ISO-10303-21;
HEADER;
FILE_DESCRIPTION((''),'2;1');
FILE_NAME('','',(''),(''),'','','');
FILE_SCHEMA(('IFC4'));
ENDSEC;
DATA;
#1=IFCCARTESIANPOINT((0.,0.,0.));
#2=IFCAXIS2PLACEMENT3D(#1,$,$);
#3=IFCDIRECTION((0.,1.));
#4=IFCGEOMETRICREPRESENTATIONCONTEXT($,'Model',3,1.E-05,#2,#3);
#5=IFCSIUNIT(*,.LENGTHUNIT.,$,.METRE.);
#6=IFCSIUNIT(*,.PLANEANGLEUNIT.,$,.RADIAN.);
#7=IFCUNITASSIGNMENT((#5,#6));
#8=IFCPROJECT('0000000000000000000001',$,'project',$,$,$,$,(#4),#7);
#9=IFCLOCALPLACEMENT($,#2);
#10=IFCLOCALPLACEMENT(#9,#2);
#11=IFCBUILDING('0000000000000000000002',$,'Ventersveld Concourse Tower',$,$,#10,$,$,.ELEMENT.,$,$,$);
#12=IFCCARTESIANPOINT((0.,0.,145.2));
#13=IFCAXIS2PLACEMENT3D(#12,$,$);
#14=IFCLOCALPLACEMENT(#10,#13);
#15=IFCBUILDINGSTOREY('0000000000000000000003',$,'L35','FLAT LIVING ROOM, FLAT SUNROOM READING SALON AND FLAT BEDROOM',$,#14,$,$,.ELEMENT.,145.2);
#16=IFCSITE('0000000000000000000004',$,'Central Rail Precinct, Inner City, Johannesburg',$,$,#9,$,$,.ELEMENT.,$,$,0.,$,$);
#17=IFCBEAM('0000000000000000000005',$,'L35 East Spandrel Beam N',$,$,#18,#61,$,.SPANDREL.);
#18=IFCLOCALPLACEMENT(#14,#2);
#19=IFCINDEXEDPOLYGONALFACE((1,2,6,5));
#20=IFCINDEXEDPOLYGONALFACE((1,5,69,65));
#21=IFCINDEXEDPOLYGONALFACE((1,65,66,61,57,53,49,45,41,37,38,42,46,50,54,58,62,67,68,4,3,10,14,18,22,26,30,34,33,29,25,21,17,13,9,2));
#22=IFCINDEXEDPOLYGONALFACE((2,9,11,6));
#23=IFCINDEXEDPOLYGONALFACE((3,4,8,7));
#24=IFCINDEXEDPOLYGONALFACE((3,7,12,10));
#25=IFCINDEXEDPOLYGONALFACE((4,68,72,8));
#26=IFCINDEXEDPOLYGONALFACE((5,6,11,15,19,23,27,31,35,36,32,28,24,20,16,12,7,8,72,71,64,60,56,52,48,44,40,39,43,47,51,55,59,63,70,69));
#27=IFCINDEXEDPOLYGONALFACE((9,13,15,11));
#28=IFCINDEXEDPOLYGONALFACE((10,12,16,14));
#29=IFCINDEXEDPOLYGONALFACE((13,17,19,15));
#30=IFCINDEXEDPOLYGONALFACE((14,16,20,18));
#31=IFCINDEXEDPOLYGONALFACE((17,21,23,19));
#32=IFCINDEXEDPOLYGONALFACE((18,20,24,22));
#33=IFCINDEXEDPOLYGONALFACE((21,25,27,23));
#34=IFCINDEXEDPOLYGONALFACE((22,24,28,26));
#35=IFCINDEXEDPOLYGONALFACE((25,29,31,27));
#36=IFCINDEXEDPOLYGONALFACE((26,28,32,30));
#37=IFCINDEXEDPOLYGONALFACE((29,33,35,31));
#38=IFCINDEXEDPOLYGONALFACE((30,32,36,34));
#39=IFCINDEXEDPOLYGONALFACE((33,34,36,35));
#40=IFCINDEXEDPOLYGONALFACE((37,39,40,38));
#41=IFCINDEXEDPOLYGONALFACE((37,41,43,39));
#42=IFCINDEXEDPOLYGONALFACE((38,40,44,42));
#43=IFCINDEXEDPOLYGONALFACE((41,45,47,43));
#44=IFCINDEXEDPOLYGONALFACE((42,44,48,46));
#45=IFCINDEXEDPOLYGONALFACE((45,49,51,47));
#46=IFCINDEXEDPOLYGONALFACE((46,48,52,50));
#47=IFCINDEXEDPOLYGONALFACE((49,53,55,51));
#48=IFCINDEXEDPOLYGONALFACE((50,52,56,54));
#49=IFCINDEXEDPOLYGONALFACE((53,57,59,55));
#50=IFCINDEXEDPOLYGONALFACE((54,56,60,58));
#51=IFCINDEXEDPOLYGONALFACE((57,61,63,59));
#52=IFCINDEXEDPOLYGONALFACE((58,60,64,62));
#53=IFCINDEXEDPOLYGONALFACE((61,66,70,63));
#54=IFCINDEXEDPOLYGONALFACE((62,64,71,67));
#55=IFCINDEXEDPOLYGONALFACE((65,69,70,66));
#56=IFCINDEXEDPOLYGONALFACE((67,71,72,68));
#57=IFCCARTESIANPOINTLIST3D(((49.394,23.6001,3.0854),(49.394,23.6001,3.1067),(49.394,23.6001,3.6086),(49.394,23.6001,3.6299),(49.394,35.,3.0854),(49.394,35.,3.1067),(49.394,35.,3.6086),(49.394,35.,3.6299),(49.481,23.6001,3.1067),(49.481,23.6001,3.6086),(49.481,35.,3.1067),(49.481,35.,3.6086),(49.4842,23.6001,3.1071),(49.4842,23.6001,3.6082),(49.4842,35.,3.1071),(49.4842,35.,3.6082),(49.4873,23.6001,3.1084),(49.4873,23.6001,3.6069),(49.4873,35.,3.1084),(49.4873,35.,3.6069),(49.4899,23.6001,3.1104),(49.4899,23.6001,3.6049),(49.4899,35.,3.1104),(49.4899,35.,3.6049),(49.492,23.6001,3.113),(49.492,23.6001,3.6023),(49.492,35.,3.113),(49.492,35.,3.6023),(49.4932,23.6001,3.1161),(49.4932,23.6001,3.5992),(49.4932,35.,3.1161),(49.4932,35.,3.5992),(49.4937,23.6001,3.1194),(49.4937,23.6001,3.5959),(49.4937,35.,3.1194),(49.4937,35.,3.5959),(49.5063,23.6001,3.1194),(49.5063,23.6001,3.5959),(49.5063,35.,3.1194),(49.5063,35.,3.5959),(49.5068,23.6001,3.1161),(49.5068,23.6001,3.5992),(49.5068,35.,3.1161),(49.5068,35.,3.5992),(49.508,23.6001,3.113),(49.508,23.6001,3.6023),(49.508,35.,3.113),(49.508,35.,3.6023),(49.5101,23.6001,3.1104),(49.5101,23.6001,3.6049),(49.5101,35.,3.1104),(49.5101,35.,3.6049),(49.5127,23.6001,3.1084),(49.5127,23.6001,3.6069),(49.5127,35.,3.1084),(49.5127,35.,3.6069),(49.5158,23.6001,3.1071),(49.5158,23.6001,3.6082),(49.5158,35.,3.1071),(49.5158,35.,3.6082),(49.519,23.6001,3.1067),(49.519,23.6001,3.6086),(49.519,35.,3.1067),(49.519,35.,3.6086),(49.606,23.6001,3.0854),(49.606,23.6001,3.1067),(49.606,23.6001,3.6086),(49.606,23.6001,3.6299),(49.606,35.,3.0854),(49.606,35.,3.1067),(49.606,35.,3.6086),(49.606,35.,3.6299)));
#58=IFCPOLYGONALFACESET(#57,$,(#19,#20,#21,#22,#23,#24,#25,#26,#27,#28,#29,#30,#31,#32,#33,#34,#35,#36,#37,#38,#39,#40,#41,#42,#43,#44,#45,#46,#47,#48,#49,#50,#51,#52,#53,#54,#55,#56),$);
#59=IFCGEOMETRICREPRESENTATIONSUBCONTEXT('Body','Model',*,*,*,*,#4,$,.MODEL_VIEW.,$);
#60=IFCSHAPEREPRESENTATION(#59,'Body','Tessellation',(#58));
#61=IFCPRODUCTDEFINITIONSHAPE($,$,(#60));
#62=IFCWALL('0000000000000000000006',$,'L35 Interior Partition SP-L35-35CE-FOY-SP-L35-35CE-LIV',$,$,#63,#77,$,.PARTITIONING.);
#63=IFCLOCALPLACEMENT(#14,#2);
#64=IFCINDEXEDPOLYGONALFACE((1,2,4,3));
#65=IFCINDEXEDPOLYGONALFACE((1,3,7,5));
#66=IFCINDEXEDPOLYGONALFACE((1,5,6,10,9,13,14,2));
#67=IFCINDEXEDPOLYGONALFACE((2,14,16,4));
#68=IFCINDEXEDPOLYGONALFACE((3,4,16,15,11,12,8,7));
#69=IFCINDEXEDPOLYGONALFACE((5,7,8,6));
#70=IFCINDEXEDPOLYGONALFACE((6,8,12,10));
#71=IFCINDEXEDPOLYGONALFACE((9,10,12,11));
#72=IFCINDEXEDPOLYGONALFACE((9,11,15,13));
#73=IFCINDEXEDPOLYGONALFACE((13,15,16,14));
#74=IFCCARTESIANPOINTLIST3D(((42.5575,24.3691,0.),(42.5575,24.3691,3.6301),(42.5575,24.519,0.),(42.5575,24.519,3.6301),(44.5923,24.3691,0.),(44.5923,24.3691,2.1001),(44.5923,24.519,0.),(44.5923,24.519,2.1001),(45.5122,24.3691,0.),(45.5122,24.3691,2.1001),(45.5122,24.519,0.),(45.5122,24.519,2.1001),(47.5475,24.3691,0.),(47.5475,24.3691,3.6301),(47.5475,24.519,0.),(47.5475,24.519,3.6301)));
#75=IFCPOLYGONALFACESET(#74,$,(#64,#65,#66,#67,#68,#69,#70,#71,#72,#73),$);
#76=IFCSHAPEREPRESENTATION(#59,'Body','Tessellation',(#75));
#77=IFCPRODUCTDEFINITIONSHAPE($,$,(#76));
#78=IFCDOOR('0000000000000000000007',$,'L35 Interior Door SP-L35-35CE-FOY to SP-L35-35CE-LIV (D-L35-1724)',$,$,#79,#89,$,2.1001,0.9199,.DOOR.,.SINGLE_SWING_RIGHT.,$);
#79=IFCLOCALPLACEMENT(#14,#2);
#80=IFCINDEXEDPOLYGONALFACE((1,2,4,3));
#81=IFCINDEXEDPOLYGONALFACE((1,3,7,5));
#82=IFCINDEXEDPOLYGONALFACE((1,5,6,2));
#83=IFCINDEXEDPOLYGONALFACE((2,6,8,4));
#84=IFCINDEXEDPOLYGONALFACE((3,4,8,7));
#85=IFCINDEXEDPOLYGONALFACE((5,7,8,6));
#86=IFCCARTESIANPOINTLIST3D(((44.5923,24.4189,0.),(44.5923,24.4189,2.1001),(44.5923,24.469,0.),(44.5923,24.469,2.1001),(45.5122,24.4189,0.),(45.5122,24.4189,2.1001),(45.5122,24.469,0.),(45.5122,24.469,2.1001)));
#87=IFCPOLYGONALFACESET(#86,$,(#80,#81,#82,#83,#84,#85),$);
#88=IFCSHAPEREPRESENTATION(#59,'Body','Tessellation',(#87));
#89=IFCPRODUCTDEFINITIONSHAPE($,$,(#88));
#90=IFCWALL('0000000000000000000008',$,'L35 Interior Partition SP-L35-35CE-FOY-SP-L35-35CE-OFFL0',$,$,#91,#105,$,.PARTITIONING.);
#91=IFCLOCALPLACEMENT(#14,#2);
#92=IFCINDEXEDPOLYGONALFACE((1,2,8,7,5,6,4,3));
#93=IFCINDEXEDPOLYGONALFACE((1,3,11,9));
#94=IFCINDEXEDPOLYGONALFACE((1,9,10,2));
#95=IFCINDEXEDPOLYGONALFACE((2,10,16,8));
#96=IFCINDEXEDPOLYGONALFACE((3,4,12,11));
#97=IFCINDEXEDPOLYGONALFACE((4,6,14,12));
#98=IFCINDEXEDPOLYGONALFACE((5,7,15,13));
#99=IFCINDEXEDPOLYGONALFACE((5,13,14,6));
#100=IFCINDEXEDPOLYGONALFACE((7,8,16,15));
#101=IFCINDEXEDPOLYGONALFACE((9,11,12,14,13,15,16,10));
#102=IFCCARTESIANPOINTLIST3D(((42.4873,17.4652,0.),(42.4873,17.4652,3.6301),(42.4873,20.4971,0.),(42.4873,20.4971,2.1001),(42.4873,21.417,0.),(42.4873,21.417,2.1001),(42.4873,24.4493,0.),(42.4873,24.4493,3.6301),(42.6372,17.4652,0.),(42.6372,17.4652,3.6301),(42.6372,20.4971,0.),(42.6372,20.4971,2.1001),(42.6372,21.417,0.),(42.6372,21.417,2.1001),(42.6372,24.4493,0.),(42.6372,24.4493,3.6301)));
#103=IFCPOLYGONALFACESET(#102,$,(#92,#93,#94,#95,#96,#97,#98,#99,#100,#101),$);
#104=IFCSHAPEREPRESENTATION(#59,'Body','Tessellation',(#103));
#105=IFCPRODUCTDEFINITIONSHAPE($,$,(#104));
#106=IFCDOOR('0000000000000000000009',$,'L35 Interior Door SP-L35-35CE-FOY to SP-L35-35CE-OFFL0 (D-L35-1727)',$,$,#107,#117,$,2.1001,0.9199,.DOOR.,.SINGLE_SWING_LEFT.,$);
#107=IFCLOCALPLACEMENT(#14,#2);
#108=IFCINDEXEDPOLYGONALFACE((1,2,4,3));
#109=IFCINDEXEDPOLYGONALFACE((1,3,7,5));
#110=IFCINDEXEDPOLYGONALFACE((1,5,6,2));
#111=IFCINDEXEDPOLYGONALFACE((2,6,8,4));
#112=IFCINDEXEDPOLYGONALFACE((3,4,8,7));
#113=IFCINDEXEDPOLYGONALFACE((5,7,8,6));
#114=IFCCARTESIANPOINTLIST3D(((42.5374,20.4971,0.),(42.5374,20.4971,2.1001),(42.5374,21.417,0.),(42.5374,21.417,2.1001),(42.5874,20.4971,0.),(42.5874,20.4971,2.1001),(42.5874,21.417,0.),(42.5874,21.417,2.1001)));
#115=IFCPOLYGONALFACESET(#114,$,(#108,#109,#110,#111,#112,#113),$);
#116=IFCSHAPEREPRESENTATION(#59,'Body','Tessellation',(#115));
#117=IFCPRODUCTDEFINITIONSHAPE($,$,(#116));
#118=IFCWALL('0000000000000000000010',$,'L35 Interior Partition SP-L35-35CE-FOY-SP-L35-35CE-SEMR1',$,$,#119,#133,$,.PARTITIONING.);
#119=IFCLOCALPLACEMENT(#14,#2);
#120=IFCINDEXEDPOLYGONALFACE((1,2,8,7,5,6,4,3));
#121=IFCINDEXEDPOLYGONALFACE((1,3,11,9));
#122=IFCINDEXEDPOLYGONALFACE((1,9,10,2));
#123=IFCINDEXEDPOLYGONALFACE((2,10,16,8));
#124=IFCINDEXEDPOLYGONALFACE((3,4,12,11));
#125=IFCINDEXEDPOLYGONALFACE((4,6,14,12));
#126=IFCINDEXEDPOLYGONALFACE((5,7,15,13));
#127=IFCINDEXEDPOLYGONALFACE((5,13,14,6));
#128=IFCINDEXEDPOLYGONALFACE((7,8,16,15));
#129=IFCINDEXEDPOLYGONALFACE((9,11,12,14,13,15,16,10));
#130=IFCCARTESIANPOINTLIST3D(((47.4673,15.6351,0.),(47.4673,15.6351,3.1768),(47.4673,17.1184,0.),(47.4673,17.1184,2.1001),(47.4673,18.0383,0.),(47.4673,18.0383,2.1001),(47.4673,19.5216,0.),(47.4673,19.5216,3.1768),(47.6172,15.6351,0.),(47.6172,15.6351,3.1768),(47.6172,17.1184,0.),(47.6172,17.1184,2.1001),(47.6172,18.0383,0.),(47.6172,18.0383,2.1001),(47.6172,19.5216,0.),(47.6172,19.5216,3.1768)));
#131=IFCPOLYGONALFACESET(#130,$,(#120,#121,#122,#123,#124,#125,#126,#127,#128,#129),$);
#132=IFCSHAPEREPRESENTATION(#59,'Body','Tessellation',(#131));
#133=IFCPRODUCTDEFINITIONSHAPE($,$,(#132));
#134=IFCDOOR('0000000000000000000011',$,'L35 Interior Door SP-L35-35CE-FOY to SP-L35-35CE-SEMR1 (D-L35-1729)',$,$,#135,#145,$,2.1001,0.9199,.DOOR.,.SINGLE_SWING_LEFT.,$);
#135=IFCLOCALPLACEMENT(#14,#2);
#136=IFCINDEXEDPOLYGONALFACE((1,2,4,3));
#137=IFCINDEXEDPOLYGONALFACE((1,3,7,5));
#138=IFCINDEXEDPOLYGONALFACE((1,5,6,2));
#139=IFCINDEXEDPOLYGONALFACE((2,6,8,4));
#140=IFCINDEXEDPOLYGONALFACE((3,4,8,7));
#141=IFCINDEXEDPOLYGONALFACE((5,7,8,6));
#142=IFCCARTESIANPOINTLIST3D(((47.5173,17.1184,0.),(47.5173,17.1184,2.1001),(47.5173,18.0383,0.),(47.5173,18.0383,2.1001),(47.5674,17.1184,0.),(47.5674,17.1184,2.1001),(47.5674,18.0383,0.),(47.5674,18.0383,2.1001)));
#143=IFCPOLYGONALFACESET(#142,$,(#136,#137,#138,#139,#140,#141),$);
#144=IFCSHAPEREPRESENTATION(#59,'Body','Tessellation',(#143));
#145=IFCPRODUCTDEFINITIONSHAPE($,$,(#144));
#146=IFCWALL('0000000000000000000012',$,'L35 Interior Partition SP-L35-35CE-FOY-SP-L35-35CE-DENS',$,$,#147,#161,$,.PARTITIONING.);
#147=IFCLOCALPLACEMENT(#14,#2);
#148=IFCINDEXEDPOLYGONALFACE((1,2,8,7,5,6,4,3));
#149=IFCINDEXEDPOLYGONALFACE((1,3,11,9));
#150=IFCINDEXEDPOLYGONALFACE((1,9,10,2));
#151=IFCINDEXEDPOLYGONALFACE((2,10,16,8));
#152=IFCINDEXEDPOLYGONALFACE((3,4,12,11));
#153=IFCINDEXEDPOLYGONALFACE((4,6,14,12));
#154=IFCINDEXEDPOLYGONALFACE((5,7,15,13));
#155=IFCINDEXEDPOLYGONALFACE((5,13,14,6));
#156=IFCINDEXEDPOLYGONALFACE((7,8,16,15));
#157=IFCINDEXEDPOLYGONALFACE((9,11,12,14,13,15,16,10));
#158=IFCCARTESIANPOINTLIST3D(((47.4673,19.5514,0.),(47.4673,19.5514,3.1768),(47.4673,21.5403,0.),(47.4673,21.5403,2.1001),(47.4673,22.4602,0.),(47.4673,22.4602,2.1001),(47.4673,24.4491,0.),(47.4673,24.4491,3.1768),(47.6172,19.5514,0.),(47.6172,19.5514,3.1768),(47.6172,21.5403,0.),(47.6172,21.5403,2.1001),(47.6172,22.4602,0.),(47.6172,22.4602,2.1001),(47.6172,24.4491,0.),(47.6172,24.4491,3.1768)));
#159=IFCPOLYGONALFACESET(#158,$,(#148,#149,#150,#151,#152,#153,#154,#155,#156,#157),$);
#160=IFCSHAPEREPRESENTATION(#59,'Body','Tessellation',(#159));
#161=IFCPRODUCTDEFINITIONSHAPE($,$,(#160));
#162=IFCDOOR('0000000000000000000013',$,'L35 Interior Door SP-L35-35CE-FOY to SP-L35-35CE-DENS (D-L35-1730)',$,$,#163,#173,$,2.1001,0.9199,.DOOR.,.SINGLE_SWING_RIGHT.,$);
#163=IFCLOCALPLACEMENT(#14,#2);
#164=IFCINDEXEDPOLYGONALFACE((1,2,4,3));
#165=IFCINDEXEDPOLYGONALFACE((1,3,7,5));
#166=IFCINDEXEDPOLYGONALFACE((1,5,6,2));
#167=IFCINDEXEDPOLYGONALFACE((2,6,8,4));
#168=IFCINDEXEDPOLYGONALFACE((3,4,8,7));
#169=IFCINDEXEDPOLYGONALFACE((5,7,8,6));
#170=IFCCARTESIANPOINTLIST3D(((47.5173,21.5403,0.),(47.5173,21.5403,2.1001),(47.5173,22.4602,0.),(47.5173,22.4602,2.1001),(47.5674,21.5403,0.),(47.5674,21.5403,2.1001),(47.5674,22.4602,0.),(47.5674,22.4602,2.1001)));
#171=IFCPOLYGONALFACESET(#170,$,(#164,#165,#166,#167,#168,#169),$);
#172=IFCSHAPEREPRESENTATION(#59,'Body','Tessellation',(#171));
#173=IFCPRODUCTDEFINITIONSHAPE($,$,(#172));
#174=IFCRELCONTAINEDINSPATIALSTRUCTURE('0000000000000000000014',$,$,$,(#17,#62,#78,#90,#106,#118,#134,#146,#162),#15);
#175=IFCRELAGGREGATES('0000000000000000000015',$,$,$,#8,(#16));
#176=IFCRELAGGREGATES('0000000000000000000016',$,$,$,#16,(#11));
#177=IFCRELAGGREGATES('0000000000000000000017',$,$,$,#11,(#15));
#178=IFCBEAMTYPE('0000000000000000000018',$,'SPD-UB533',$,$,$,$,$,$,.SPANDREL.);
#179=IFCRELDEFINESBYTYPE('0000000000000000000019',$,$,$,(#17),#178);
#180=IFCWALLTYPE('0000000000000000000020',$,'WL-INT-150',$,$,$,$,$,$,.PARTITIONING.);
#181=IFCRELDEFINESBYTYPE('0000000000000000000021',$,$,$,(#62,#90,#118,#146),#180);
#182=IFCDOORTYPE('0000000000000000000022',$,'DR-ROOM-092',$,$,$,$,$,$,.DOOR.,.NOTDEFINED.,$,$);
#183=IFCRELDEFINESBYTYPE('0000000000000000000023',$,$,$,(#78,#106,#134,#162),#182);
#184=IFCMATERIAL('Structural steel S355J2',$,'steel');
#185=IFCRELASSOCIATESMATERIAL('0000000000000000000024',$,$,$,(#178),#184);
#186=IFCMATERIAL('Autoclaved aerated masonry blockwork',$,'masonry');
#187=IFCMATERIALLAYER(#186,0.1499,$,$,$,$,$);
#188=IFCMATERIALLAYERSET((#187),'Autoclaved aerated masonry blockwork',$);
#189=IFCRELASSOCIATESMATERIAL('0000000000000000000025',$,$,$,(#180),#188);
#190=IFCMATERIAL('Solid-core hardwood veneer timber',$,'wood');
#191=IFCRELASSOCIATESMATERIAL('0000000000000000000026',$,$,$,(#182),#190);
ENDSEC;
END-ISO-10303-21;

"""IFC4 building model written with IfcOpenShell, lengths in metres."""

from ifc_helpers import new_model, si_unit, direction, frame, frame_2d, origin, origin_2d, place, context, subcontext, project, spatial, rectangle, i_section, extrude, material, layer, layer_set, material_profile, profile_set, type_object, element, fill, save


model = new_model("IFC4")

# Units and contexts
model_context = context("Model", 3, precision=1e-05, world=origin(), true_north=direction((0.0, 1.0)))
body_context = subcontext(model_context, "Body", "Model", "MODEL_VIEW")
ifc_project = project(units=[si_unit("LENGTHUNIT", "METRE"), si_unit("PLANEANGLEUNIT", "RADIAN")], contexts=[model_context])

# Site, building, storey
site_placement = place(None, origin())
site = spatial("IfcSite", under=ifc_project, at=site_placement, Name="Central Rail Precinct, Inner City, Johannesburg", CompositionType="ELEMENT", RefElevation=0.0)
building_placement = place(site_placement, origin())
building = spatial("IfcBuilding", under=site, at=building_placement, Name="Ventersveld Concourse Tower", CompositionType="ELEMENT")
storey_placement = place(building_placement, frame((0.0, 0.0, 145.2)))
storey = spatial("IfcBuildingStorey", under=building, at=storey_placement, Name="L35", Description="FLAT LIVING ROOM, FLAT SUNROOM READING SALON AND FLAT BEDROOM", CompositionType="ELEMENT", Elevation=145.2)

# Beam
ifc_material_1 = material(Name="Structural steel S355J2", Category="steel")
ifc_material_profile_1 = material_profile(ifc_material_1, i_section(OverallWidth=0.2119, OverallDepth=0.5444, WebThickness=0.0127, FlangeThickness=0.0212, FilletRadius=0.0127, at=origin_2d()), Name="UB 533x210x122")
ifc_profile_set_1 = profile_set([ifc_material_profile_1], Name="Structural steel S355J2")
beam_type_1 = type_object("IfcBeamType", Name="SPD-UB533", PredefinedType="SPANDREL", material=ifc_profile_set_1)
beam_1_placement = place(storey_placement, frame((49.5, 23.6001, 3.3577), z_axis=(0.0, 1.0, 0.0), x_axis=(-1.0, 0.0, 0.0)))
element("IfcBeam", 1, at=beam_1_placement, inside=storey, type_object=beam_type_1, Name="L35 East Spandrel Beam N", PredefinedType="SPANDREL", context=body_context, shape_type="SweptSolid", body=[
    extrude(i_section(OverallWidth=0.2119, OverallDepth=0.5444, WebThickness=0.0127, FlangeThickness=0.0212, FilletRadius=0.0127, at=origin_2d()), origin(), (0.0, 0.0, 1.0), 11.3999),
])

# Walls, openings, doors
ifc_material_2 = material(Name="Autoclaved aerated masonry blockwork", Category="masonry")
ifc_layer_1 = layer(ifc_material_2, 0.1499)
ifc_layer_set_1 = layer_set([ifc_layer_1], Name="Autoclaved aerated masonry blockwork")
wall_type_1 = type_object("IfcWallType", Name="WL-INT-150", PredefinedType="PARTITIONING", material=ifc_layer_set_1)
wall_1_placement = place(storey_placement, frame((42.5574, 24.4441, 0.0), z_axis=(0.0, 0.0, 1.0), x_axis=(1.0, 0.0, 0.0)))
wall_1 = element("IfcWall", 2, at=wall_1_placement, inside=storey, type_object=wall_type_1, Name="L35 Interior Partition SP-L35-35CE-FOY-SP-L35-35CE-LIV", PredefinedType="PARTITIONING", context=body_context, shape_type="SweptSolid", body=[
    extrude(rectangle(XDim=4.99, YDim=0.1499, at=frame_2d((2.4951, 0.0))), origin(), (0.0, 0.0, 1.0), 3.6301),
])
opening_1_placement = place(wall_1_placement, frame((2.0349, 0.0, 0.0)))
opening_1 = element("IfcOpeningElement", 3, at=opening_1_placement, cuts=wall_1, PredefinedType="OPENING", context=body_context, shape_type="SweptSolid", body=[
    extrude(rectangle(XDim=0.9199, YDim=2.1001, at=frame_2d((0.46, 1.05))), frame((0.0, 0.085, 0.0), z_axis=(0.0, -1.0, 0.0), x_axis=(1.0, 0.0, 0.0)), (0.0, 0.0, 1.0), 0.1699),
])
ifc_material_3 = material(Name="Solid-core hardwood veneer timber", Category="wood")
door_type_1 = type_object("IfcDoorType", Name="DR-ROOM-092", OperationType="NOTDEFINED", PredefinedType="DOOR", material=ifc_material_3)
door_1_placement = place(opening_1_placement, origin())
door_1 = element("IfcDoor", 4, at=door_1_placement, inside=storey, type_object=door_type_1, Name="L35 Interior Door SP-L35-35CE-FOY to SP-L35-35CE-LIV (D-L35-1724)", OperationType="SINGLE_SWING_RIGHT", OverallHeight=2.1001, OverallWidth=0.9199, PredefinedType="DOOR", context=body_context, shape_type="SweptSolid", body=[
    extrude(rectangle(XDim=0.9199, YDim=2.1001, at=frame_2d((0.46, 1.05))), frame((0.0, 0.0249, 0.0), z_axis=(0.0, -1.0, 0.0), x_axis=(1.0, 0.0, 0.0)), (0.0, 0.0, 1.0), 0.05),
])
fill(opening_1, door_1)
wall_2_placement = place(storey_placement, frame((42.5623, 17.4651, 0.0), z_axis=(0.0, 0.0, 1.0), x_axis=(0.0, 1.0, 0.0)))
wall_2 = element("IfcWall", 5, at=wall_2_placement, inside=storey, type_object=wall_type_1, Name="L35 Interior Partition SP-L35-35CE-FOY-SP-L35-35CE-OFFL0", PredefinedType="PARTITIONING", context=body_context, shape_type="SweptSolid", body=[
    extrude(rectangle(XDim=6.9841, YDim=0.1499, at=frame_2d((3.4922, 0.0))), origin(), (0.0, 0.0, 1.0), 3.6301),
])
opening_2_placement = place(wall_2_placement, frame((3.032, 0.0, 0.0)))
opening_2 = element("IfcOpeningElement", 6, at=opening_2_placement, cuts=wall_2, PredefinedType="OPENING", context=body_context, shape_type="SweptSolid", body=[
    extrude(rectangle(XDim=0.9199, YDim=2.1001, at=frame_2d((0.46, 1.05))), frame((0.0, 0.085, 0.0), z_axis=(0.0, -1.0, 0.0), x_axis=(1.0, 0.0, 0.0)), (0.0, 0.0, 1.0), 0.1699),
])
door_2_placement = place(opening_2_placement, origin())
door_2 = element("IfcDoor", 7, at=door_2_placement, inside=storey, type_object=door_type_1, Name="L35 Interior Door SP-L35-35CE-FOY to SP-L35-35CE-OFFL0 (D-L35-1727)", OperationType="SINGLE_SWING_LEFT", OverallHeight=2.1001, OverallWidth=0.9199, PredefinedType="DOOR", context=body_context, shape_type="SweptSolid", body=[
    extrude(rectangle(XDim=0.9199, YDim=2.1001, at=frame_2d((0.46, 1.05))), frame((0.0, 0.0249, 0.0), z_axis=(0.0, -1.0, 0.0), x_axis=(1.0, 0.0, 0.0)), (0.0, 0.0, 1.0), 0.05),
])
fill(opening_2, door_2)
wall_3_placement = place(storey_placement, frame((47.5422, 15.635, 0.0), z_axis=(0.0, 0.0, 1.0), x_axis=(0.0, 1.0, 0.0)))
wall_3 = element("IfcWall", 8, at=wall_3_placement, inside=storey, type_object=wall_type_1, Name="L35 Interior Partition SP-L35-35CE-FOY-SP-L35-35CE-SEMR1", PredefinedType="PARTITIONING", context=body_context, shape_type="SweptSolid", body=[
    extrude(rectangle(XDim=3.8865, YDim=0.1499, at=frame_2d((1.9434, 0.0))), origin(), (0.0, 0.0, 1.0), 3.1768),
])
opening_3_placement = place(wall_3_placement, frame((1.4834, 0.0, 0.0)))
opening_3 = element("IfcOpeningElement", 9, at=opening_3_placement, cuts=wall_3, PredefinedType="OPENING", context=body_context, shape_type="SweptSolid", body=[
    extrude(rectangle(XDim=0.9199, YDim=2.1001, at=frame_2d((0.46, 1.05))), frame((0.0, 0.085, 0.0), z_axis=(0.0, -1.0, 0.0), x_axis=(1.0, 0.0, 0.0)), (0.0, 0.0, 1.0), 0.1699),
])
door_3_placement = place(opening_3_placement, origin())
door_3 = element("IfcDoor", 10, at=door_3_placement, inside=storey, type_object=door_type_1, Name="L35 Interior Door SP-L35-35CE-FOY to SP-L35-35CE-SEMR1 (D-L35-1729)", OperationType="SINGLE_SWING_LEFT", OverallHeight=2.1001, OverallWidth=0.9199, PredefinedType="DOOR", context=body_context, shape_type="SweptSolid", body=[
    extrude(rectangle(XDim=0.9199, YDim=2.1001, at=frame_2d((0.46, 1.05))), frame((0.0, 0.0249, 0.0), z_axis=(0.0, -1.0, 0.0), x_axis=(1.0, 0.0, 0.0)), (0.0, 0.0, 1.0), 0.05),
])
fill(opening_3, door_3)
wall_4_placement = place(storey_placement, frame((47.5422, 19.5515, 0.0), z_axis=(0.0, 0.0, 1.0), x_axis=(0.0, 1.0, 0.0)))
wall_4 = element("IfcWall", 11, at=wall_4_placement, inside=storey, type_object=wall_type_1, Name="L35 Interior Partition SP-L35-35CE-FOY-SP-L35-35CE-DENS", PredefinedType="PARTITIONING", context=body_context, shape_type="SweptSolid", body=[
    extrude(rectangle(XDim=4.8977, YDim=0.1499, at=frame_2d((2.4487, 0.0))), origin(), (0.0, 0.0, 1.0), 3.1768),
])
opening_4_placement = place(wall_4_placement, frame((1.9888, 0.0, 0.0)))
opening_4 = element("IfcOpeningElement", 12, at=opening_4_placement, cuts=wall_4, PredefinedType="OPENING", context=body_context, shape_type="SweptSolid", body=[
    extrude(rectangle(XDim=0.9199, YDim=2.1001, at=frame_2d((0.46, 1.05))), frame((0.0, 0.085, 0.0), z_axis=(0.0, -1.0, 0.0), x_axis=(1.0, 0.0, 0.0)), (0.0, 0.0, 1.0), 0.1699),
])
door_4_placement = place(opening_4_placement, origin())
door_4 = element("IfcDoor", 13, at=door_4_placement, inside=storey, type_object=door_type_1, Name="L35 Interior Door SP-L35-35CE-FOY to SP-L35-35CE-DENS (D-L35-1730)", OperationType="SINGLE_SWING_RIGHT", OverallHeight=2.1001, OverallWidth=0.9199, PredefinedType="DOOR", context=body_context, shape_type="SweptSolid", body=[
    extrude(rectangle(XDim=0.9199, YDim=2.1001, at=frame_2d((0.46, 1.05))), frame((0.0, 0.0249, 0.0), z_axis=(0.0, -1.0, 0.0), x_axis=(1.0, 0.0, 0.0)), (0.0, 0.0, 1.0), 0.05),
])
fill(opening_4, door_4)

save(model, "model.ifc")
